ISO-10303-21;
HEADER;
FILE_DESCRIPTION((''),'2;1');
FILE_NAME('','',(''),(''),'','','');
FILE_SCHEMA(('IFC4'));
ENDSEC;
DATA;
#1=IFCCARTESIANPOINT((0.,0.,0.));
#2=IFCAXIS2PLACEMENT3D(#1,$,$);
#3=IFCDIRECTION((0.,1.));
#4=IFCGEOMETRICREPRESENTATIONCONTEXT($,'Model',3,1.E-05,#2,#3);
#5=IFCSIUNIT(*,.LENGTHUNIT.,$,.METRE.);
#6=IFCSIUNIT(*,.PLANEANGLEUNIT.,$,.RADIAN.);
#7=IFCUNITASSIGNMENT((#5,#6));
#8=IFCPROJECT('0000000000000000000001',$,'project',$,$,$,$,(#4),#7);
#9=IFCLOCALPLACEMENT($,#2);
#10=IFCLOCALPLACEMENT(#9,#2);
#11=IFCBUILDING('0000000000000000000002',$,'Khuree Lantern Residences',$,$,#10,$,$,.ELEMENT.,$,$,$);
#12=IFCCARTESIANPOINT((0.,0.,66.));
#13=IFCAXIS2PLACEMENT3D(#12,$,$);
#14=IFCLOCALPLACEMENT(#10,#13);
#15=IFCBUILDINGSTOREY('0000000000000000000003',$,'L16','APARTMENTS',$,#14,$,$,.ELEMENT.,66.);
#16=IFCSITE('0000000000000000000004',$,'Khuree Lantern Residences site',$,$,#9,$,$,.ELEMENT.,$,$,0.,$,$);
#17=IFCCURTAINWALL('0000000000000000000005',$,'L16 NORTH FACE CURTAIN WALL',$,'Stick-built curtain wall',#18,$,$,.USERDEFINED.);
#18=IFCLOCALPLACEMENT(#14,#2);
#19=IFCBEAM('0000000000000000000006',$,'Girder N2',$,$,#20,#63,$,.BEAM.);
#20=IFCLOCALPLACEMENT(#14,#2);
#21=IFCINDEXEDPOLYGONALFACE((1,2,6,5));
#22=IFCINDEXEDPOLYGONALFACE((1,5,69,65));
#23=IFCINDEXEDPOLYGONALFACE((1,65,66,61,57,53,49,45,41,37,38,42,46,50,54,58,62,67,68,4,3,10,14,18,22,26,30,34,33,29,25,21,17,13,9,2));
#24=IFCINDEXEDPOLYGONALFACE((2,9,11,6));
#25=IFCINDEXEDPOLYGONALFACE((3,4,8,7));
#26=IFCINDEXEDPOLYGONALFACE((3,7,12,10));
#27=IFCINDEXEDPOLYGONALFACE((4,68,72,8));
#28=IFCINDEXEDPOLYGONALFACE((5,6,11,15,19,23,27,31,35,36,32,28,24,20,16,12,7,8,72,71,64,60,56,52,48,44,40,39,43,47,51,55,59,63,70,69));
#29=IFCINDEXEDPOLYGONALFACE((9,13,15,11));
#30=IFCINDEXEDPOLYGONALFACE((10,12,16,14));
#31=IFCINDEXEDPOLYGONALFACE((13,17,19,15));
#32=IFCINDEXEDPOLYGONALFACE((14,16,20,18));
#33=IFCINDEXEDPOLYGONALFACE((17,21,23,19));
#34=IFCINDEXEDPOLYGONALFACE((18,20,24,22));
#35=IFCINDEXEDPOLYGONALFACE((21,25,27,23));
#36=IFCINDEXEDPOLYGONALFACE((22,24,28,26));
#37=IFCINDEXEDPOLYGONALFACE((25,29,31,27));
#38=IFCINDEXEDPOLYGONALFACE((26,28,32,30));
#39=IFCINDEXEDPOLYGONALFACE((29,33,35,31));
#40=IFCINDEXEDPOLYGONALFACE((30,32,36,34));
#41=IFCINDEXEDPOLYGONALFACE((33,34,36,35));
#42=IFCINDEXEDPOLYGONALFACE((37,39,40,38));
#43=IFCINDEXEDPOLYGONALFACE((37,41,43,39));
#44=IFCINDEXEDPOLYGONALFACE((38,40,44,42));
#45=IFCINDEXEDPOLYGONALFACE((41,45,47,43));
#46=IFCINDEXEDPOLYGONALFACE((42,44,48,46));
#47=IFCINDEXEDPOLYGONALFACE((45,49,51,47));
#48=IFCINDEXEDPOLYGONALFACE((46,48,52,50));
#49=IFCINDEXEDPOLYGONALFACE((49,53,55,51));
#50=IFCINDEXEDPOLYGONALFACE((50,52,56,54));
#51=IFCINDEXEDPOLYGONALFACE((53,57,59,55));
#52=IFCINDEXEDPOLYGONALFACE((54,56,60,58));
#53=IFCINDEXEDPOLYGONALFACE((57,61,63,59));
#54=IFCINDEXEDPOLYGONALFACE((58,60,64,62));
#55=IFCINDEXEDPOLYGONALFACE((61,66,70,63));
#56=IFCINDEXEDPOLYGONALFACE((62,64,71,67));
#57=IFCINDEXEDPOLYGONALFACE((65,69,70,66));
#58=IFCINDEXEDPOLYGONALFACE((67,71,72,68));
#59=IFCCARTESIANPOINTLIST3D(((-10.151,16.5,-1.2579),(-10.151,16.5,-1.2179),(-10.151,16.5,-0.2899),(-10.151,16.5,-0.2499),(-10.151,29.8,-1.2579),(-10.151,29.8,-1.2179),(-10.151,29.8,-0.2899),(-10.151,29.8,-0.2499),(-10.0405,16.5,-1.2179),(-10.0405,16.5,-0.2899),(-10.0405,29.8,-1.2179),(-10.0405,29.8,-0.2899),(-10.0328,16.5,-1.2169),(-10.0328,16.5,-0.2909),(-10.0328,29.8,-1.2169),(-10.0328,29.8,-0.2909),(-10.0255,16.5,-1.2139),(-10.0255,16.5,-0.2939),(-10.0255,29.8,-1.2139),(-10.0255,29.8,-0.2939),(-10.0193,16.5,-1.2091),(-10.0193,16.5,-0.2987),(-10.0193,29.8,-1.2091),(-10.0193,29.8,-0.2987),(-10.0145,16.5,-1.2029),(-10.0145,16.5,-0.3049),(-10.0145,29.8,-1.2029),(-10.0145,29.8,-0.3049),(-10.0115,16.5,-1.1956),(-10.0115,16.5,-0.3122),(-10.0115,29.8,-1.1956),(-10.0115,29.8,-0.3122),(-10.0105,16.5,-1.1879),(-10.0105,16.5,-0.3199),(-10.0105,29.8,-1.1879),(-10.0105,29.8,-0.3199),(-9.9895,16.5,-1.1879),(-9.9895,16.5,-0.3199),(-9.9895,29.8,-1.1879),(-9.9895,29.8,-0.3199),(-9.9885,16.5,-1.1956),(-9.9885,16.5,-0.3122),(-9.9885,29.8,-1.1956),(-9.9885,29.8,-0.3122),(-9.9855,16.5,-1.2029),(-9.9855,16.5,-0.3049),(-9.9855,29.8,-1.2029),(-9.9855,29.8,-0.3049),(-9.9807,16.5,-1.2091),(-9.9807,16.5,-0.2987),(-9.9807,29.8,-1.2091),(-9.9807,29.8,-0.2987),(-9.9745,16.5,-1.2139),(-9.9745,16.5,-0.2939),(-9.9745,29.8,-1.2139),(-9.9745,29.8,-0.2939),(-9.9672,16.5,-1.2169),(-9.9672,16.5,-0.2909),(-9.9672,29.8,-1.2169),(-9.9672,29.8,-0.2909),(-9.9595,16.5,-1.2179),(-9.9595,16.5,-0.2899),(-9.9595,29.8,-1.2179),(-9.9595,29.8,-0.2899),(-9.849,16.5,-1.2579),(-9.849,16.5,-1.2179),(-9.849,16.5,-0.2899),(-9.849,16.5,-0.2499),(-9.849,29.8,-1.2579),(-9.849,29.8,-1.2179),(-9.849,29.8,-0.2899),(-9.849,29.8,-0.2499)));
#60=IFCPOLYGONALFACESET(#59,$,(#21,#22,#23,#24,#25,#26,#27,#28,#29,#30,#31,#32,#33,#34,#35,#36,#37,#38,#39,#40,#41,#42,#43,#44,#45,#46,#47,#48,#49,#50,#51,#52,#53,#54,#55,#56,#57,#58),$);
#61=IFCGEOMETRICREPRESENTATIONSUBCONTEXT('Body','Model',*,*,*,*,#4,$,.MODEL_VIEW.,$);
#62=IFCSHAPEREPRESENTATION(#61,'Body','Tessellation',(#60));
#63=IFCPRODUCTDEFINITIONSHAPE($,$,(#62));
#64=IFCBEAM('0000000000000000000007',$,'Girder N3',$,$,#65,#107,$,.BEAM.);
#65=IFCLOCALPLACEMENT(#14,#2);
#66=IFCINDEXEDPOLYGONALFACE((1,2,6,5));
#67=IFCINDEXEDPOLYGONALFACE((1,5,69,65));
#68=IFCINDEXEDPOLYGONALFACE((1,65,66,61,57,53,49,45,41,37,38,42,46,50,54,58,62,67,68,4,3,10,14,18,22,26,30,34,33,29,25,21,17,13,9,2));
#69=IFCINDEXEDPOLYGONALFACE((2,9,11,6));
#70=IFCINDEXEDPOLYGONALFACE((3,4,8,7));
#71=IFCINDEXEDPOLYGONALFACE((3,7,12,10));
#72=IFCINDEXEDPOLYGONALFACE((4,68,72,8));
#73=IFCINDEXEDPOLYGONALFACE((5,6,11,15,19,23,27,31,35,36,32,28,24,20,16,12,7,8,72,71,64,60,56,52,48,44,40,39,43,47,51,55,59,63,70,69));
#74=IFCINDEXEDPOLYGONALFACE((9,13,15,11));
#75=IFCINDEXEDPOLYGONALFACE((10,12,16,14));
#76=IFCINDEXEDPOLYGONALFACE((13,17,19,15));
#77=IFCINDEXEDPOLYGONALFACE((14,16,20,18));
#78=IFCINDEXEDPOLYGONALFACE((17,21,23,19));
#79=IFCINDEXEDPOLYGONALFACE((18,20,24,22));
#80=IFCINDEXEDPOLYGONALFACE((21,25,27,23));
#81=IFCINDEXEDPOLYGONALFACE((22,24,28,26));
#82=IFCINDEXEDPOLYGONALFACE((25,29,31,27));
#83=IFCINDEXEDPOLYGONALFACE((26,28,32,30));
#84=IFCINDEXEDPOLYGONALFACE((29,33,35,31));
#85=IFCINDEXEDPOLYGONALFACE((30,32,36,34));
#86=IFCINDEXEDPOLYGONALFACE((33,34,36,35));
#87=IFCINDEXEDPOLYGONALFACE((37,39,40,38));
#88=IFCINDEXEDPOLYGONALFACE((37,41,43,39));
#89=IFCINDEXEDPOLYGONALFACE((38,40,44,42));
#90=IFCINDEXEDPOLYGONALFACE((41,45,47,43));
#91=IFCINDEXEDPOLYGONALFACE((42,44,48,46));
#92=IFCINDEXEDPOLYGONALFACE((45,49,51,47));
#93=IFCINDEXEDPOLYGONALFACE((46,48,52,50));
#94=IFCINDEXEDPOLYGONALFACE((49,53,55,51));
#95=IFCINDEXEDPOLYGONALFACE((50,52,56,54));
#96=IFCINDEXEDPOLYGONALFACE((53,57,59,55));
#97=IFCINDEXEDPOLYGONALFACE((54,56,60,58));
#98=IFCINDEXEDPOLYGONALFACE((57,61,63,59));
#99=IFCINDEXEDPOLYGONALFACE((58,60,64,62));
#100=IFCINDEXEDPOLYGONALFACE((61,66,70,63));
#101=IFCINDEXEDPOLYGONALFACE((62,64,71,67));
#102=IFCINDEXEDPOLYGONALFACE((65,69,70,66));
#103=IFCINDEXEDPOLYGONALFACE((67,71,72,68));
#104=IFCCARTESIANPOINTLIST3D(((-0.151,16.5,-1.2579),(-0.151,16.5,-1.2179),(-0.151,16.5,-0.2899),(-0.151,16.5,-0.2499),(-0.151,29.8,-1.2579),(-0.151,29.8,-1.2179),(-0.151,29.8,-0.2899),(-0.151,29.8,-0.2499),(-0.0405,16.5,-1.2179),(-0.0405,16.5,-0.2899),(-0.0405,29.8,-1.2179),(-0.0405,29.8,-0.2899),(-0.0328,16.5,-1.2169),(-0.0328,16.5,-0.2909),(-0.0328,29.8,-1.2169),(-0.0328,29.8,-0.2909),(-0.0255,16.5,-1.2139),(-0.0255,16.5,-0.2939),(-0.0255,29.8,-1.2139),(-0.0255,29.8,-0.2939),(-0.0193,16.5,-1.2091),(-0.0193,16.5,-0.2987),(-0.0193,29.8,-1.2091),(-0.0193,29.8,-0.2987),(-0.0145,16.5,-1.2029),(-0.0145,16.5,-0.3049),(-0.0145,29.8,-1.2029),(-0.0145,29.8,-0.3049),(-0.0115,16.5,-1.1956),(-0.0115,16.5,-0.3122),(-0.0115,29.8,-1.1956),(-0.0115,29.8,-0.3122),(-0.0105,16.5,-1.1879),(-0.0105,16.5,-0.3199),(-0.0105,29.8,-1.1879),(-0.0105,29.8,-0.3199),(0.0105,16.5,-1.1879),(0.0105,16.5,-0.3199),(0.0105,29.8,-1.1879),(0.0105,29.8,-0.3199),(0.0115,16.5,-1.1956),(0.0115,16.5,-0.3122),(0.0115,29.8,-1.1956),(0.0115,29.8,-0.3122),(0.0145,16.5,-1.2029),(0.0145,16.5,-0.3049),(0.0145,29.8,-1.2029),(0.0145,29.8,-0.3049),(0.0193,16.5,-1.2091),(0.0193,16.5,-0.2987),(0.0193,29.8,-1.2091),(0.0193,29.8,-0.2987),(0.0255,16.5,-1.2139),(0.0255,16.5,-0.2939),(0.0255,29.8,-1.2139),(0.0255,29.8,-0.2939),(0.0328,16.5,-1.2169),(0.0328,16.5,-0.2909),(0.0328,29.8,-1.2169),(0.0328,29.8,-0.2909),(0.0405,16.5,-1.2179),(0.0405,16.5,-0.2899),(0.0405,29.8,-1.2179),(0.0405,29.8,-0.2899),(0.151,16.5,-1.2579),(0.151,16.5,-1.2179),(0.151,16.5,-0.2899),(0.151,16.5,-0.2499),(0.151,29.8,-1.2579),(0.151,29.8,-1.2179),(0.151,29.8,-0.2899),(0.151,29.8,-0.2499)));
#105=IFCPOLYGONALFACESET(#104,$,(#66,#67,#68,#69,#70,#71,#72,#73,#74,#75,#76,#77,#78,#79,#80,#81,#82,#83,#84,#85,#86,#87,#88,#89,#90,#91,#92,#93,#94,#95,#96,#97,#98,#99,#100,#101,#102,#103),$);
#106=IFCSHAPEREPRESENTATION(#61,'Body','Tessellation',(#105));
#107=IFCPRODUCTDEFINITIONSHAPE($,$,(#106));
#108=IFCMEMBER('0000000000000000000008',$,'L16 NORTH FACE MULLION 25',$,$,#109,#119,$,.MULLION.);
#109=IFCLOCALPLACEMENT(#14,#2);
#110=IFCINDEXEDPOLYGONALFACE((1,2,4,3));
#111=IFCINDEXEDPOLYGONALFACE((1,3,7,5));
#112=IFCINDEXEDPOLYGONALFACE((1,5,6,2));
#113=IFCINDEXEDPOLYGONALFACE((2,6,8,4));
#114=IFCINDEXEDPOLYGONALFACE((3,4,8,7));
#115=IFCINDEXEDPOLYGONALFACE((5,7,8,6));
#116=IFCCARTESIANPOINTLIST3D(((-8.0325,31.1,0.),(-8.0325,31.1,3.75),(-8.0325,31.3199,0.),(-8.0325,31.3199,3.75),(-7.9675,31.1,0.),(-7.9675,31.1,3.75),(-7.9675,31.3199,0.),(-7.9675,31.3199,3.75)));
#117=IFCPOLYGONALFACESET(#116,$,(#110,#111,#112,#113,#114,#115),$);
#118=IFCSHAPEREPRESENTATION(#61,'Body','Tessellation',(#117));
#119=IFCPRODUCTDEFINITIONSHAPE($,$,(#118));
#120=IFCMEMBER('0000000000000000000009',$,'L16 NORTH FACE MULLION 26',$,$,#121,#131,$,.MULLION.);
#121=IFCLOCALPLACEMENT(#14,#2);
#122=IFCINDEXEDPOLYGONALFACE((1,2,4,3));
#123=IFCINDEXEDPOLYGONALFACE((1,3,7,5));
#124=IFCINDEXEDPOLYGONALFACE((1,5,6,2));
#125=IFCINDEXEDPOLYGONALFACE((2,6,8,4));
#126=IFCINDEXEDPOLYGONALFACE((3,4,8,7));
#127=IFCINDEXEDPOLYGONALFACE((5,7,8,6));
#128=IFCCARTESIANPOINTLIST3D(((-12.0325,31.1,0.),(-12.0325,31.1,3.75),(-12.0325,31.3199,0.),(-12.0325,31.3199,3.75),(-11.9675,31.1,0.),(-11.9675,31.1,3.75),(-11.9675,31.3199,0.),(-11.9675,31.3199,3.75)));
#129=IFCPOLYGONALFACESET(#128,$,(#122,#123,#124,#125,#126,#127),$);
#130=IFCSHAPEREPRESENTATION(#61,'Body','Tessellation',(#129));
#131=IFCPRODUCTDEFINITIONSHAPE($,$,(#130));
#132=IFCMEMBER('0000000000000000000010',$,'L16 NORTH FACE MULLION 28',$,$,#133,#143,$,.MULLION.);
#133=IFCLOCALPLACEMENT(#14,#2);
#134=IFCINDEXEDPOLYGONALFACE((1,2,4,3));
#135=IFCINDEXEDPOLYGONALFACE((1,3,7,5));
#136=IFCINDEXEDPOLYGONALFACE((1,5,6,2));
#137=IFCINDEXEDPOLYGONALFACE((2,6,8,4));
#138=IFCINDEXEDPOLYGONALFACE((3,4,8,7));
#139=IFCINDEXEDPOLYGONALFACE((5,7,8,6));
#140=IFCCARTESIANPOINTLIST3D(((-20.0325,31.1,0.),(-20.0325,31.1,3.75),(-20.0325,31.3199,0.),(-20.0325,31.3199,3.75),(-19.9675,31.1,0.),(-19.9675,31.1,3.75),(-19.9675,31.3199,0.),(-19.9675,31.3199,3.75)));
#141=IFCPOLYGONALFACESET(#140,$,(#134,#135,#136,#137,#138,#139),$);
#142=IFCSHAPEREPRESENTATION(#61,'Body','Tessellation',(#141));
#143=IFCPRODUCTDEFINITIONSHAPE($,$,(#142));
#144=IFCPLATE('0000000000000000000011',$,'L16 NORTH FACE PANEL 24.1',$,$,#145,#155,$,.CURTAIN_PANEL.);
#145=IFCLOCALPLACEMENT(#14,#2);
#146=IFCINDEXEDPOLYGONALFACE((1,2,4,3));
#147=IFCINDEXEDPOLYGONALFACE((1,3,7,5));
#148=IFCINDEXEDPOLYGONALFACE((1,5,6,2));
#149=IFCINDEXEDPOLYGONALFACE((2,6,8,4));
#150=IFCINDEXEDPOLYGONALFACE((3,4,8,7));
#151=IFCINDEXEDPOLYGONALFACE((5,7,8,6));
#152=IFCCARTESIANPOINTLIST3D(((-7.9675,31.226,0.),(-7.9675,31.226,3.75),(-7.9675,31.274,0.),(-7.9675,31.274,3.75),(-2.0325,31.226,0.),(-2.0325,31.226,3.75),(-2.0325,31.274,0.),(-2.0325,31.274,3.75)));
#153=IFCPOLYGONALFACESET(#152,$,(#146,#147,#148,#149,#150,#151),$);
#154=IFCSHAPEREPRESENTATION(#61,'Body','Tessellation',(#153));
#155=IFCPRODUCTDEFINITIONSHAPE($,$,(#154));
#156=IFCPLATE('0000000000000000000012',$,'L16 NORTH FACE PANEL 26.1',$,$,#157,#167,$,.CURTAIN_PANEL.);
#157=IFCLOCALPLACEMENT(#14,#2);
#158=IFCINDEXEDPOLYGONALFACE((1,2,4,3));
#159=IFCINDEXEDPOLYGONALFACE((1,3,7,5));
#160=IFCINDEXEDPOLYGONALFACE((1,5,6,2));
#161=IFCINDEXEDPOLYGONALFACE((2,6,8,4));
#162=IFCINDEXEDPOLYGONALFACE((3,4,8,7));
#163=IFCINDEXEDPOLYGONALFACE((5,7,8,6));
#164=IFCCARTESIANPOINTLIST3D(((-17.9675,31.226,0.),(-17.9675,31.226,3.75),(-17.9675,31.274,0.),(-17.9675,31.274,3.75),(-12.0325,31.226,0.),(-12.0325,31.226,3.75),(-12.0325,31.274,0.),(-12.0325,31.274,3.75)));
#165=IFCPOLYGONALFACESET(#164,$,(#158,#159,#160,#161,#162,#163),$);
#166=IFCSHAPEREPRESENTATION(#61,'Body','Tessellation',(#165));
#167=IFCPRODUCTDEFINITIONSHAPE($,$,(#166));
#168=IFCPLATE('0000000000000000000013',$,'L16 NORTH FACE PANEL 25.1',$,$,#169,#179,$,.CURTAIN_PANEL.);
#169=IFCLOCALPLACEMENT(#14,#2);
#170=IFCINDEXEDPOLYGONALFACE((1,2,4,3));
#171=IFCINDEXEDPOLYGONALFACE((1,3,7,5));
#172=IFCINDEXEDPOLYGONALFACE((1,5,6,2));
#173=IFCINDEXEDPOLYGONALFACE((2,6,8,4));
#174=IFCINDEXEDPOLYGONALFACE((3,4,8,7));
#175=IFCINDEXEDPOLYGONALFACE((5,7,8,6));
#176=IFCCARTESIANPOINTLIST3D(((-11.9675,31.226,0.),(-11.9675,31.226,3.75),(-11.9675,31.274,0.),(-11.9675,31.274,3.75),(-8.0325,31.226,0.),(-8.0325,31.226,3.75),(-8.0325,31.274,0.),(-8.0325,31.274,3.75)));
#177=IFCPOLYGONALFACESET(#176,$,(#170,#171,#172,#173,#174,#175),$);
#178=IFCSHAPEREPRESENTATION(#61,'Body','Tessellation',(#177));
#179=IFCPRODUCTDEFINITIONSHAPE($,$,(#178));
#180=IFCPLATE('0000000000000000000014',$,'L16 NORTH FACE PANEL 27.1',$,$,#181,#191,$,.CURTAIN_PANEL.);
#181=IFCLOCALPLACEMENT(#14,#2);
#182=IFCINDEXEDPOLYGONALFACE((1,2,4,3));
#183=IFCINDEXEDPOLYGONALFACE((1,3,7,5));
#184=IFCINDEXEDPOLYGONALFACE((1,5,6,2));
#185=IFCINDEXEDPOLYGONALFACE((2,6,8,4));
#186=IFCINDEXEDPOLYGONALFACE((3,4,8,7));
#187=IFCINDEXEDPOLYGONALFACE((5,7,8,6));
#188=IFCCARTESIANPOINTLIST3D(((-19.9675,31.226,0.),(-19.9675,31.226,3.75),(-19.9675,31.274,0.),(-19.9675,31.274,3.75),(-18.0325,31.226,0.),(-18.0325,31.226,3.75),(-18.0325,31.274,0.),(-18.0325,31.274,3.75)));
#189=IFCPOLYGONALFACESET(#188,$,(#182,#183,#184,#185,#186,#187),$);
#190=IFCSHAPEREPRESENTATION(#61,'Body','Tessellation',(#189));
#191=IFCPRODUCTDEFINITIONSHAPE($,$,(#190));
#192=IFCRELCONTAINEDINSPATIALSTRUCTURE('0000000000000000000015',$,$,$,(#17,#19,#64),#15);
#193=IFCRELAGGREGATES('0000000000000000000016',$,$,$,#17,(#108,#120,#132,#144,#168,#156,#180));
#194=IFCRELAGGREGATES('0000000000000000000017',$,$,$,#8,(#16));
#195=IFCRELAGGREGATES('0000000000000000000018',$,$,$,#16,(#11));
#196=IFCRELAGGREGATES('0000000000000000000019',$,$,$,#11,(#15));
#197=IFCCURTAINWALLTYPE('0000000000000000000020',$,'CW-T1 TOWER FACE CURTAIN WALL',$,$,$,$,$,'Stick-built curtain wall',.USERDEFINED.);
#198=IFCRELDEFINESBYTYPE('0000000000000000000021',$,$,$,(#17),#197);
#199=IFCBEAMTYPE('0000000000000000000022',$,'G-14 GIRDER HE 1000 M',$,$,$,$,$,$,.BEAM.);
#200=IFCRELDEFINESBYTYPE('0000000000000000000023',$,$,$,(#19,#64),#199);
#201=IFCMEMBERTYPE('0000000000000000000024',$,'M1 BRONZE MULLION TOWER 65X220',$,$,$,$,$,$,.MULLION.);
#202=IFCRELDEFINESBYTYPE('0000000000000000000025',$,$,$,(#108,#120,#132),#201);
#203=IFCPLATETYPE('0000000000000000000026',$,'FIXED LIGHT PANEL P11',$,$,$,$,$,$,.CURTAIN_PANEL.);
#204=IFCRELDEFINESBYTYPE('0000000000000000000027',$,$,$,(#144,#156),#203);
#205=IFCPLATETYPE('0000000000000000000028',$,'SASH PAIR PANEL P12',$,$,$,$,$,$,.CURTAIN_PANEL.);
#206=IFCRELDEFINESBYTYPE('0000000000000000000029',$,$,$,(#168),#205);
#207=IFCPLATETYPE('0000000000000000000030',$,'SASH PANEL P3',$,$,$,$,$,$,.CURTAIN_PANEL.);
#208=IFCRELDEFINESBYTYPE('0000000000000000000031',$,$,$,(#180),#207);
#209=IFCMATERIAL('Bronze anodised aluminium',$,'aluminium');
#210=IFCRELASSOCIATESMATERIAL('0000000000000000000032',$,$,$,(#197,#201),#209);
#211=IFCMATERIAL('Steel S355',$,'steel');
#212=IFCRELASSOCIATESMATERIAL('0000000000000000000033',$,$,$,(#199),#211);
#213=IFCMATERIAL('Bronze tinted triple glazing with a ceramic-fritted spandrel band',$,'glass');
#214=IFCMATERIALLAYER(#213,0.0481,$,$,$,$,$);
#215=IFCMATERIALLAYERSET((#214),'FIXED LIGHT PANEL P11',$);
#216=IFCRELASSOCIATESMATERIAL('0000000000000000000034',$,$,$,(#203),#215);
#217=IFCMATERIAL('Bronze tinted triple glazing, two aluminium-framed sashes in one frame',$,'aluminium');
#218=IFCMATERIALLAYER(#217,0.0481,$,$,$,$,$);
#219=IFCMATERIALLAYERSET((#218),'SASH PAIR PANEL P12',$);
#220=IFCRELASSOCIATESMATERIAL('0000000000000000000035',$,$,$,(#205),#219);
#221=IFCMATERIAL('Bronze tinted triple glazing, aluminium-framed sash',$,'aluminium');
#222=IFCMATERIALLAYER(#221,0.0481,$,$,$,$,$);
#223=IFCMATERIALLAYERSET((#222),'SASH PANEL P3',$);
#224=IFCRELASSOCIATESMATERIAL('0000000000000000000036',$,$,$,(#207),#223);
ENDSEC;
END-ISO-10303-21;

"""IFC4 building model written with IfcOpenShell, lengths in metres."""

from ifc_helpers import new_model, si_unit, direction, frame, origin, origin_2d, place, context, subcontext, project, spatial, rectangle, i_section, extrude, material, layer, layer_set, material_profile, profile_set, type_object, element, aggregate, save


model = new_model("IFC4")

# Units and contexts
model_context = context("Model", 3, precision=1e-05, world=origin(), true_north=direction((0.0, 1.0)))
body_context = subcontext(model_context, "Body", "Model", "MODEL_VIEW")
ifc_project = project(units=[si_unit("LENGTHUNIT", "METRE"), si_unit("PLANEANGLEUNIT", "RADIAN")], contexts=[model_context])

# Site, building, storey
site_placement = place(None, origin())
site = spatial("IfcSite", under=ifc_project, at=site_placement, Name="Khuree Lantern Residences site", CompositionType="ELEMENT", RefElevation=0.0)
building_placement = place(site_placement, origin())
building = spatial("IfcBuilding", under=site, at=building_placement, Name="Khuree Lantern Residences", CompositionType="ELEMENT")
storey_placement = place(building_placement, frame((0.0, 0.0, 66.0)))
storey = spatial("IfcBuildingStorey", under=building, at=storey_placement, Name="L16", Description="APARTMENTS", CompositionType="ELEMENT", Elevation=66.0)

# Shared definitions
ifc_material_1 = material(Name="Steel S355", Category="steel")

# Curtain wall
ifc_material_2 = material(Name="Bronze anodised aluminium", Category="aluminium")
curtain_wall_type = type_object("IfcCurtainWallType", Name="CW-T1 TOWER FACE CURTAIN WALL", ElementType="Stick-built curtain wall", PredefinedType="USERDEFINED", material=ifc_material_2)
curtain_wall_placement = place(storey_placement, origin())
curtain_wall = element("IfcCurtainWall", 1, at=curtain_wall_placement, inside=storey, type_object=curtain_wall_type, Name="L16 NORTH FACE CURTAIN WALL", ObjectType="Stick-built curtain wall", PredefinedType="USERDEFINED")

# Beams
ifc_material_profile_1 = material_profile(ifc_material_1, i_section(OverallWidth=0.302, OverallDepth=1.0081, WebThickness=0.021, FlangeThickness=0.04, FilletRadius=0.03, at=origin_2d()), Name="HE 1000 M")
ifc_profile_set_1 = profile_set([ifc_material_profile_1], Name="Steel S355")
beam_type_1 = type_object("IfcBeamType", Name="G-14 GIRDER HE 1000 M", PredefinedType="BEAM", material=ifc_profile_set_1)
for number, where, z_axis, x_axis, name in (
    (2, (-10.0, 29.8, -0.7539), (0.0, -1.0, 0.0), (1.0, 0.0, 0.0), "Girder N2"),
    (3, (0.0, 29.8, -0.7539), (0.0, -1.0, 0.0), (1.0, 0.0, 0.0), "Girder N3"),
):
    element("IfcBeam", number, at=place(storey_placement, frame(where, z_axis=z_axis, x_axis=x_axis)), inside=storey, type_object=beam_type_1, Name=name, PredefinedType="BEAM", context=body_context, shape_type="SweptSolid", body=[
        extrude(i_section(OverallWidth=0.302, OverallDepth=1.0081, WebThickness=0.021, FlangeThickness=0.04, FilletRadius=0.03, at=origin_2d()), origin(), (0.0, 0.0, 1.0), 13.3),
    ])

# Members
ifc_material_profile_2 = material_profile(ifc_material_2, rectangle(XDim=0.0649, YDim=0.22, at=origin_2d()), Name="M1 65X220")
ifc_profile_set_2 = profile_set([ifc_material_profile_2], Name="Bronze anodised aluminium")
member_type_1 = type_object("IfcMemberType", Name="M1 BRONZE MULLION TOWER 65X220", PredefinedType="MULLION", material=ifc_profile_set_2)
member_1_placement = place(storey_placement, frame((-8.0, 31.21, 0.0), z_axis=(0.0, 0.0, 1.0), x_axis=(-1.0, 0.0, 0.0)))
member_1 = element("IfcMember", 4, at=member_1_placement, type_object=member_type_1, Name="L16 NORTH FACE MULLION 25", PredefinedType="MULLION", context=body_context, shape_type="SweptSolid", body=[
    extrude(rectangle(XDim=0.0649, YDim=0.22, at=origin_2d()), origin(), (0.0, 0.0, 1.0), 3.75),
])
member_2_placement = place(storey_placement, frame((-12.0, 31.21, 0.0), z_axis=(0.0, 0.0, 1.0), x_axis=(-1.0, 0.0, 0.0)))
member_2 = element("IfcMember", 5, at=member_2_placement, type_object=member_type_1, Name="L16 NORTH FACE MULLION 26", PredefinedType="MULLION", context=body_context, shape_type="SweptSolid", body=[
    extrude(rectangle(XDim=0.0649, YDim=0.22, at=origin_2d()), origin(), (0.0, 0.0, 1.0), 3.75),
])
member_3_placement = place(storey_placement, frame((-20.0, 31.21, 0.0), z_axis=(0.0, 0.0, 1.0), x_axis=(-1.0, 0.0, 0.0)))
member_3 = element("IfcMember", 6, at=member_3_placement, type_object=member_type_1, Name="L16 NORTH FACE MULLION 28", PredefinedType="MULLION", context=body_context, shape_type="SweptSolid", body=[
    extrude(rectangle(XDim=0.0649, YDim=0.22, at=origin_2d()), origin(), (0.0, 0.0, 1.0), 3.75),
])

# Plates
ifc_material_3 = material(Name="Bronze tinted triple glazing with a ceramic-fritted spandrel band", Category="glass")
ifc_layer_1 = layer(ifc_material_3, 0.0481)
ifc_layer_set_1 = layer_set([ifc_layer_1], Name="FIXED LIGHT PANEL P11")
plate_type_1 = type_object("IfcPlateType", Name="FIXED LIGHT PANEL P11", PredefinedType="CURTAIN_PANEL", material=ifc_layer_set_1)
plate_1_placement = place(storey_placement, frame((-5.0, 31.25, 0.0), z_axis=(0.0, 0.0, 1.0), x_axis=(-1.0, 0.0, 0.0)))
plate_1 = element("IfcPlate", 7, at=plate_1_placement, type_object=plate_type_1, Name="L16 NORTH FACE PANEL 24.1", PredefinedType="CURTAIN_PANEL", context=body_context, shape_type="SweptSolid", body=[
    extrude(rectangle(XDim=5.9351, YDim=0.0481, at=origin_2d()), origin(), (0.0, 0.0, 1.0), 3.75),
])
plate_2_placement = place(storey_placement, frame((-15.0, 31.25, 0.0), z_axis=(0.0, 0.0, 1.0), x_axis=(-1.0, 0.0, 0.0)))
plate_2 = element("IfcPlate", 8, at=plate_2_placement, type_object=plate_type_1, Name="L16 NORTH FACE PANEL 26.1", PredefinedType="CURTAIN_PANEL", context=body_context, shape_type="SweptSolid", body=[
    extrude(rectangle(XDim=5.9351, YDim=0.0481, at=origin_2d()), origin(), (0.0, 0.0, 1.0), 3.75),
])
ifc_material_4 = material(Name="Bronze tinted triple glazing, two aluminium-framed sashes in one frame", Category="aluminium")
ifc_layer_2 = layer(ifc_material_4, 0.0481)
ifc_layer_set_2 = layer_set([ifc_layer_2], Name="SASH PAIR PANEL P12")
plate_type_2 = type_object("IfcPlateType", Name="SASH PAIR PANEL P12", PredefinedType="CURTAIN_PANEL", material=ifc_layer_set_2)
plate_3_placement = place(storey_placement, frame((-10.0, 31.25, 0.0), z_axis=(0.0, 0.0, 1.0), x_axis=(-1.0, 0.0, 0.0)))
plate_3 = element("IfcPlate", 9, at=plate_3_placement, type_object=plate_type_2, Name="L16 NORTH FACE PANEL 25.1", PredefinedType="CURTAIN_PANEL", context=body_context, shape_type="SweptSolid", body=[
    extrude(rectangle(XDim=3.9351, YDim=0.0481, at=origin_2d()), origin(), (0.0, 0.0, 1.0), 3.75),
])
ifc_material_5 = material(Name="Bronze tinted triple glazing, aluminium-framed sash", Category="aluminium")
ifc_layer_3 = layer(ifc_material_5, 0.0481)
ifc_layer_set_3 = layer_set([ifc_layer_3], Name="SASH PANEL P3")
plate_type_3 = type_object("IfcPlateType", Name="SASH PANEL P3", PredefinedType="CURTAIN_PANEL", material=ifc_layer_set_3)
plate_4_placement = place(storey_placement, frame((-19.0, 31.25, 0.0), z_axis=(0.0, 0.0, 1.0), x_axis=(-1.0, 0.0, 0.0)))
plate_4 = element("IfcPlate", 10, at=plate_4_placement, type_object=plate_type_3, Name="L16 NORTH FACE PANEL 27.1", PredefinedType="CURTAIN_PANEL", context=body_context, shape_type="SweptSolid", body=[
    extrude(rectangle(XDim=1.9351, YDim=0.0481, at=origin_2d()), origin(), (0.0, 0.0, 1.0), 3.75),
])
aggregate(curtain_wall, [member_1, member_2, member_3, plate_1, plate_3, plate_2, plate_4])

save(model, "model.ifc")
